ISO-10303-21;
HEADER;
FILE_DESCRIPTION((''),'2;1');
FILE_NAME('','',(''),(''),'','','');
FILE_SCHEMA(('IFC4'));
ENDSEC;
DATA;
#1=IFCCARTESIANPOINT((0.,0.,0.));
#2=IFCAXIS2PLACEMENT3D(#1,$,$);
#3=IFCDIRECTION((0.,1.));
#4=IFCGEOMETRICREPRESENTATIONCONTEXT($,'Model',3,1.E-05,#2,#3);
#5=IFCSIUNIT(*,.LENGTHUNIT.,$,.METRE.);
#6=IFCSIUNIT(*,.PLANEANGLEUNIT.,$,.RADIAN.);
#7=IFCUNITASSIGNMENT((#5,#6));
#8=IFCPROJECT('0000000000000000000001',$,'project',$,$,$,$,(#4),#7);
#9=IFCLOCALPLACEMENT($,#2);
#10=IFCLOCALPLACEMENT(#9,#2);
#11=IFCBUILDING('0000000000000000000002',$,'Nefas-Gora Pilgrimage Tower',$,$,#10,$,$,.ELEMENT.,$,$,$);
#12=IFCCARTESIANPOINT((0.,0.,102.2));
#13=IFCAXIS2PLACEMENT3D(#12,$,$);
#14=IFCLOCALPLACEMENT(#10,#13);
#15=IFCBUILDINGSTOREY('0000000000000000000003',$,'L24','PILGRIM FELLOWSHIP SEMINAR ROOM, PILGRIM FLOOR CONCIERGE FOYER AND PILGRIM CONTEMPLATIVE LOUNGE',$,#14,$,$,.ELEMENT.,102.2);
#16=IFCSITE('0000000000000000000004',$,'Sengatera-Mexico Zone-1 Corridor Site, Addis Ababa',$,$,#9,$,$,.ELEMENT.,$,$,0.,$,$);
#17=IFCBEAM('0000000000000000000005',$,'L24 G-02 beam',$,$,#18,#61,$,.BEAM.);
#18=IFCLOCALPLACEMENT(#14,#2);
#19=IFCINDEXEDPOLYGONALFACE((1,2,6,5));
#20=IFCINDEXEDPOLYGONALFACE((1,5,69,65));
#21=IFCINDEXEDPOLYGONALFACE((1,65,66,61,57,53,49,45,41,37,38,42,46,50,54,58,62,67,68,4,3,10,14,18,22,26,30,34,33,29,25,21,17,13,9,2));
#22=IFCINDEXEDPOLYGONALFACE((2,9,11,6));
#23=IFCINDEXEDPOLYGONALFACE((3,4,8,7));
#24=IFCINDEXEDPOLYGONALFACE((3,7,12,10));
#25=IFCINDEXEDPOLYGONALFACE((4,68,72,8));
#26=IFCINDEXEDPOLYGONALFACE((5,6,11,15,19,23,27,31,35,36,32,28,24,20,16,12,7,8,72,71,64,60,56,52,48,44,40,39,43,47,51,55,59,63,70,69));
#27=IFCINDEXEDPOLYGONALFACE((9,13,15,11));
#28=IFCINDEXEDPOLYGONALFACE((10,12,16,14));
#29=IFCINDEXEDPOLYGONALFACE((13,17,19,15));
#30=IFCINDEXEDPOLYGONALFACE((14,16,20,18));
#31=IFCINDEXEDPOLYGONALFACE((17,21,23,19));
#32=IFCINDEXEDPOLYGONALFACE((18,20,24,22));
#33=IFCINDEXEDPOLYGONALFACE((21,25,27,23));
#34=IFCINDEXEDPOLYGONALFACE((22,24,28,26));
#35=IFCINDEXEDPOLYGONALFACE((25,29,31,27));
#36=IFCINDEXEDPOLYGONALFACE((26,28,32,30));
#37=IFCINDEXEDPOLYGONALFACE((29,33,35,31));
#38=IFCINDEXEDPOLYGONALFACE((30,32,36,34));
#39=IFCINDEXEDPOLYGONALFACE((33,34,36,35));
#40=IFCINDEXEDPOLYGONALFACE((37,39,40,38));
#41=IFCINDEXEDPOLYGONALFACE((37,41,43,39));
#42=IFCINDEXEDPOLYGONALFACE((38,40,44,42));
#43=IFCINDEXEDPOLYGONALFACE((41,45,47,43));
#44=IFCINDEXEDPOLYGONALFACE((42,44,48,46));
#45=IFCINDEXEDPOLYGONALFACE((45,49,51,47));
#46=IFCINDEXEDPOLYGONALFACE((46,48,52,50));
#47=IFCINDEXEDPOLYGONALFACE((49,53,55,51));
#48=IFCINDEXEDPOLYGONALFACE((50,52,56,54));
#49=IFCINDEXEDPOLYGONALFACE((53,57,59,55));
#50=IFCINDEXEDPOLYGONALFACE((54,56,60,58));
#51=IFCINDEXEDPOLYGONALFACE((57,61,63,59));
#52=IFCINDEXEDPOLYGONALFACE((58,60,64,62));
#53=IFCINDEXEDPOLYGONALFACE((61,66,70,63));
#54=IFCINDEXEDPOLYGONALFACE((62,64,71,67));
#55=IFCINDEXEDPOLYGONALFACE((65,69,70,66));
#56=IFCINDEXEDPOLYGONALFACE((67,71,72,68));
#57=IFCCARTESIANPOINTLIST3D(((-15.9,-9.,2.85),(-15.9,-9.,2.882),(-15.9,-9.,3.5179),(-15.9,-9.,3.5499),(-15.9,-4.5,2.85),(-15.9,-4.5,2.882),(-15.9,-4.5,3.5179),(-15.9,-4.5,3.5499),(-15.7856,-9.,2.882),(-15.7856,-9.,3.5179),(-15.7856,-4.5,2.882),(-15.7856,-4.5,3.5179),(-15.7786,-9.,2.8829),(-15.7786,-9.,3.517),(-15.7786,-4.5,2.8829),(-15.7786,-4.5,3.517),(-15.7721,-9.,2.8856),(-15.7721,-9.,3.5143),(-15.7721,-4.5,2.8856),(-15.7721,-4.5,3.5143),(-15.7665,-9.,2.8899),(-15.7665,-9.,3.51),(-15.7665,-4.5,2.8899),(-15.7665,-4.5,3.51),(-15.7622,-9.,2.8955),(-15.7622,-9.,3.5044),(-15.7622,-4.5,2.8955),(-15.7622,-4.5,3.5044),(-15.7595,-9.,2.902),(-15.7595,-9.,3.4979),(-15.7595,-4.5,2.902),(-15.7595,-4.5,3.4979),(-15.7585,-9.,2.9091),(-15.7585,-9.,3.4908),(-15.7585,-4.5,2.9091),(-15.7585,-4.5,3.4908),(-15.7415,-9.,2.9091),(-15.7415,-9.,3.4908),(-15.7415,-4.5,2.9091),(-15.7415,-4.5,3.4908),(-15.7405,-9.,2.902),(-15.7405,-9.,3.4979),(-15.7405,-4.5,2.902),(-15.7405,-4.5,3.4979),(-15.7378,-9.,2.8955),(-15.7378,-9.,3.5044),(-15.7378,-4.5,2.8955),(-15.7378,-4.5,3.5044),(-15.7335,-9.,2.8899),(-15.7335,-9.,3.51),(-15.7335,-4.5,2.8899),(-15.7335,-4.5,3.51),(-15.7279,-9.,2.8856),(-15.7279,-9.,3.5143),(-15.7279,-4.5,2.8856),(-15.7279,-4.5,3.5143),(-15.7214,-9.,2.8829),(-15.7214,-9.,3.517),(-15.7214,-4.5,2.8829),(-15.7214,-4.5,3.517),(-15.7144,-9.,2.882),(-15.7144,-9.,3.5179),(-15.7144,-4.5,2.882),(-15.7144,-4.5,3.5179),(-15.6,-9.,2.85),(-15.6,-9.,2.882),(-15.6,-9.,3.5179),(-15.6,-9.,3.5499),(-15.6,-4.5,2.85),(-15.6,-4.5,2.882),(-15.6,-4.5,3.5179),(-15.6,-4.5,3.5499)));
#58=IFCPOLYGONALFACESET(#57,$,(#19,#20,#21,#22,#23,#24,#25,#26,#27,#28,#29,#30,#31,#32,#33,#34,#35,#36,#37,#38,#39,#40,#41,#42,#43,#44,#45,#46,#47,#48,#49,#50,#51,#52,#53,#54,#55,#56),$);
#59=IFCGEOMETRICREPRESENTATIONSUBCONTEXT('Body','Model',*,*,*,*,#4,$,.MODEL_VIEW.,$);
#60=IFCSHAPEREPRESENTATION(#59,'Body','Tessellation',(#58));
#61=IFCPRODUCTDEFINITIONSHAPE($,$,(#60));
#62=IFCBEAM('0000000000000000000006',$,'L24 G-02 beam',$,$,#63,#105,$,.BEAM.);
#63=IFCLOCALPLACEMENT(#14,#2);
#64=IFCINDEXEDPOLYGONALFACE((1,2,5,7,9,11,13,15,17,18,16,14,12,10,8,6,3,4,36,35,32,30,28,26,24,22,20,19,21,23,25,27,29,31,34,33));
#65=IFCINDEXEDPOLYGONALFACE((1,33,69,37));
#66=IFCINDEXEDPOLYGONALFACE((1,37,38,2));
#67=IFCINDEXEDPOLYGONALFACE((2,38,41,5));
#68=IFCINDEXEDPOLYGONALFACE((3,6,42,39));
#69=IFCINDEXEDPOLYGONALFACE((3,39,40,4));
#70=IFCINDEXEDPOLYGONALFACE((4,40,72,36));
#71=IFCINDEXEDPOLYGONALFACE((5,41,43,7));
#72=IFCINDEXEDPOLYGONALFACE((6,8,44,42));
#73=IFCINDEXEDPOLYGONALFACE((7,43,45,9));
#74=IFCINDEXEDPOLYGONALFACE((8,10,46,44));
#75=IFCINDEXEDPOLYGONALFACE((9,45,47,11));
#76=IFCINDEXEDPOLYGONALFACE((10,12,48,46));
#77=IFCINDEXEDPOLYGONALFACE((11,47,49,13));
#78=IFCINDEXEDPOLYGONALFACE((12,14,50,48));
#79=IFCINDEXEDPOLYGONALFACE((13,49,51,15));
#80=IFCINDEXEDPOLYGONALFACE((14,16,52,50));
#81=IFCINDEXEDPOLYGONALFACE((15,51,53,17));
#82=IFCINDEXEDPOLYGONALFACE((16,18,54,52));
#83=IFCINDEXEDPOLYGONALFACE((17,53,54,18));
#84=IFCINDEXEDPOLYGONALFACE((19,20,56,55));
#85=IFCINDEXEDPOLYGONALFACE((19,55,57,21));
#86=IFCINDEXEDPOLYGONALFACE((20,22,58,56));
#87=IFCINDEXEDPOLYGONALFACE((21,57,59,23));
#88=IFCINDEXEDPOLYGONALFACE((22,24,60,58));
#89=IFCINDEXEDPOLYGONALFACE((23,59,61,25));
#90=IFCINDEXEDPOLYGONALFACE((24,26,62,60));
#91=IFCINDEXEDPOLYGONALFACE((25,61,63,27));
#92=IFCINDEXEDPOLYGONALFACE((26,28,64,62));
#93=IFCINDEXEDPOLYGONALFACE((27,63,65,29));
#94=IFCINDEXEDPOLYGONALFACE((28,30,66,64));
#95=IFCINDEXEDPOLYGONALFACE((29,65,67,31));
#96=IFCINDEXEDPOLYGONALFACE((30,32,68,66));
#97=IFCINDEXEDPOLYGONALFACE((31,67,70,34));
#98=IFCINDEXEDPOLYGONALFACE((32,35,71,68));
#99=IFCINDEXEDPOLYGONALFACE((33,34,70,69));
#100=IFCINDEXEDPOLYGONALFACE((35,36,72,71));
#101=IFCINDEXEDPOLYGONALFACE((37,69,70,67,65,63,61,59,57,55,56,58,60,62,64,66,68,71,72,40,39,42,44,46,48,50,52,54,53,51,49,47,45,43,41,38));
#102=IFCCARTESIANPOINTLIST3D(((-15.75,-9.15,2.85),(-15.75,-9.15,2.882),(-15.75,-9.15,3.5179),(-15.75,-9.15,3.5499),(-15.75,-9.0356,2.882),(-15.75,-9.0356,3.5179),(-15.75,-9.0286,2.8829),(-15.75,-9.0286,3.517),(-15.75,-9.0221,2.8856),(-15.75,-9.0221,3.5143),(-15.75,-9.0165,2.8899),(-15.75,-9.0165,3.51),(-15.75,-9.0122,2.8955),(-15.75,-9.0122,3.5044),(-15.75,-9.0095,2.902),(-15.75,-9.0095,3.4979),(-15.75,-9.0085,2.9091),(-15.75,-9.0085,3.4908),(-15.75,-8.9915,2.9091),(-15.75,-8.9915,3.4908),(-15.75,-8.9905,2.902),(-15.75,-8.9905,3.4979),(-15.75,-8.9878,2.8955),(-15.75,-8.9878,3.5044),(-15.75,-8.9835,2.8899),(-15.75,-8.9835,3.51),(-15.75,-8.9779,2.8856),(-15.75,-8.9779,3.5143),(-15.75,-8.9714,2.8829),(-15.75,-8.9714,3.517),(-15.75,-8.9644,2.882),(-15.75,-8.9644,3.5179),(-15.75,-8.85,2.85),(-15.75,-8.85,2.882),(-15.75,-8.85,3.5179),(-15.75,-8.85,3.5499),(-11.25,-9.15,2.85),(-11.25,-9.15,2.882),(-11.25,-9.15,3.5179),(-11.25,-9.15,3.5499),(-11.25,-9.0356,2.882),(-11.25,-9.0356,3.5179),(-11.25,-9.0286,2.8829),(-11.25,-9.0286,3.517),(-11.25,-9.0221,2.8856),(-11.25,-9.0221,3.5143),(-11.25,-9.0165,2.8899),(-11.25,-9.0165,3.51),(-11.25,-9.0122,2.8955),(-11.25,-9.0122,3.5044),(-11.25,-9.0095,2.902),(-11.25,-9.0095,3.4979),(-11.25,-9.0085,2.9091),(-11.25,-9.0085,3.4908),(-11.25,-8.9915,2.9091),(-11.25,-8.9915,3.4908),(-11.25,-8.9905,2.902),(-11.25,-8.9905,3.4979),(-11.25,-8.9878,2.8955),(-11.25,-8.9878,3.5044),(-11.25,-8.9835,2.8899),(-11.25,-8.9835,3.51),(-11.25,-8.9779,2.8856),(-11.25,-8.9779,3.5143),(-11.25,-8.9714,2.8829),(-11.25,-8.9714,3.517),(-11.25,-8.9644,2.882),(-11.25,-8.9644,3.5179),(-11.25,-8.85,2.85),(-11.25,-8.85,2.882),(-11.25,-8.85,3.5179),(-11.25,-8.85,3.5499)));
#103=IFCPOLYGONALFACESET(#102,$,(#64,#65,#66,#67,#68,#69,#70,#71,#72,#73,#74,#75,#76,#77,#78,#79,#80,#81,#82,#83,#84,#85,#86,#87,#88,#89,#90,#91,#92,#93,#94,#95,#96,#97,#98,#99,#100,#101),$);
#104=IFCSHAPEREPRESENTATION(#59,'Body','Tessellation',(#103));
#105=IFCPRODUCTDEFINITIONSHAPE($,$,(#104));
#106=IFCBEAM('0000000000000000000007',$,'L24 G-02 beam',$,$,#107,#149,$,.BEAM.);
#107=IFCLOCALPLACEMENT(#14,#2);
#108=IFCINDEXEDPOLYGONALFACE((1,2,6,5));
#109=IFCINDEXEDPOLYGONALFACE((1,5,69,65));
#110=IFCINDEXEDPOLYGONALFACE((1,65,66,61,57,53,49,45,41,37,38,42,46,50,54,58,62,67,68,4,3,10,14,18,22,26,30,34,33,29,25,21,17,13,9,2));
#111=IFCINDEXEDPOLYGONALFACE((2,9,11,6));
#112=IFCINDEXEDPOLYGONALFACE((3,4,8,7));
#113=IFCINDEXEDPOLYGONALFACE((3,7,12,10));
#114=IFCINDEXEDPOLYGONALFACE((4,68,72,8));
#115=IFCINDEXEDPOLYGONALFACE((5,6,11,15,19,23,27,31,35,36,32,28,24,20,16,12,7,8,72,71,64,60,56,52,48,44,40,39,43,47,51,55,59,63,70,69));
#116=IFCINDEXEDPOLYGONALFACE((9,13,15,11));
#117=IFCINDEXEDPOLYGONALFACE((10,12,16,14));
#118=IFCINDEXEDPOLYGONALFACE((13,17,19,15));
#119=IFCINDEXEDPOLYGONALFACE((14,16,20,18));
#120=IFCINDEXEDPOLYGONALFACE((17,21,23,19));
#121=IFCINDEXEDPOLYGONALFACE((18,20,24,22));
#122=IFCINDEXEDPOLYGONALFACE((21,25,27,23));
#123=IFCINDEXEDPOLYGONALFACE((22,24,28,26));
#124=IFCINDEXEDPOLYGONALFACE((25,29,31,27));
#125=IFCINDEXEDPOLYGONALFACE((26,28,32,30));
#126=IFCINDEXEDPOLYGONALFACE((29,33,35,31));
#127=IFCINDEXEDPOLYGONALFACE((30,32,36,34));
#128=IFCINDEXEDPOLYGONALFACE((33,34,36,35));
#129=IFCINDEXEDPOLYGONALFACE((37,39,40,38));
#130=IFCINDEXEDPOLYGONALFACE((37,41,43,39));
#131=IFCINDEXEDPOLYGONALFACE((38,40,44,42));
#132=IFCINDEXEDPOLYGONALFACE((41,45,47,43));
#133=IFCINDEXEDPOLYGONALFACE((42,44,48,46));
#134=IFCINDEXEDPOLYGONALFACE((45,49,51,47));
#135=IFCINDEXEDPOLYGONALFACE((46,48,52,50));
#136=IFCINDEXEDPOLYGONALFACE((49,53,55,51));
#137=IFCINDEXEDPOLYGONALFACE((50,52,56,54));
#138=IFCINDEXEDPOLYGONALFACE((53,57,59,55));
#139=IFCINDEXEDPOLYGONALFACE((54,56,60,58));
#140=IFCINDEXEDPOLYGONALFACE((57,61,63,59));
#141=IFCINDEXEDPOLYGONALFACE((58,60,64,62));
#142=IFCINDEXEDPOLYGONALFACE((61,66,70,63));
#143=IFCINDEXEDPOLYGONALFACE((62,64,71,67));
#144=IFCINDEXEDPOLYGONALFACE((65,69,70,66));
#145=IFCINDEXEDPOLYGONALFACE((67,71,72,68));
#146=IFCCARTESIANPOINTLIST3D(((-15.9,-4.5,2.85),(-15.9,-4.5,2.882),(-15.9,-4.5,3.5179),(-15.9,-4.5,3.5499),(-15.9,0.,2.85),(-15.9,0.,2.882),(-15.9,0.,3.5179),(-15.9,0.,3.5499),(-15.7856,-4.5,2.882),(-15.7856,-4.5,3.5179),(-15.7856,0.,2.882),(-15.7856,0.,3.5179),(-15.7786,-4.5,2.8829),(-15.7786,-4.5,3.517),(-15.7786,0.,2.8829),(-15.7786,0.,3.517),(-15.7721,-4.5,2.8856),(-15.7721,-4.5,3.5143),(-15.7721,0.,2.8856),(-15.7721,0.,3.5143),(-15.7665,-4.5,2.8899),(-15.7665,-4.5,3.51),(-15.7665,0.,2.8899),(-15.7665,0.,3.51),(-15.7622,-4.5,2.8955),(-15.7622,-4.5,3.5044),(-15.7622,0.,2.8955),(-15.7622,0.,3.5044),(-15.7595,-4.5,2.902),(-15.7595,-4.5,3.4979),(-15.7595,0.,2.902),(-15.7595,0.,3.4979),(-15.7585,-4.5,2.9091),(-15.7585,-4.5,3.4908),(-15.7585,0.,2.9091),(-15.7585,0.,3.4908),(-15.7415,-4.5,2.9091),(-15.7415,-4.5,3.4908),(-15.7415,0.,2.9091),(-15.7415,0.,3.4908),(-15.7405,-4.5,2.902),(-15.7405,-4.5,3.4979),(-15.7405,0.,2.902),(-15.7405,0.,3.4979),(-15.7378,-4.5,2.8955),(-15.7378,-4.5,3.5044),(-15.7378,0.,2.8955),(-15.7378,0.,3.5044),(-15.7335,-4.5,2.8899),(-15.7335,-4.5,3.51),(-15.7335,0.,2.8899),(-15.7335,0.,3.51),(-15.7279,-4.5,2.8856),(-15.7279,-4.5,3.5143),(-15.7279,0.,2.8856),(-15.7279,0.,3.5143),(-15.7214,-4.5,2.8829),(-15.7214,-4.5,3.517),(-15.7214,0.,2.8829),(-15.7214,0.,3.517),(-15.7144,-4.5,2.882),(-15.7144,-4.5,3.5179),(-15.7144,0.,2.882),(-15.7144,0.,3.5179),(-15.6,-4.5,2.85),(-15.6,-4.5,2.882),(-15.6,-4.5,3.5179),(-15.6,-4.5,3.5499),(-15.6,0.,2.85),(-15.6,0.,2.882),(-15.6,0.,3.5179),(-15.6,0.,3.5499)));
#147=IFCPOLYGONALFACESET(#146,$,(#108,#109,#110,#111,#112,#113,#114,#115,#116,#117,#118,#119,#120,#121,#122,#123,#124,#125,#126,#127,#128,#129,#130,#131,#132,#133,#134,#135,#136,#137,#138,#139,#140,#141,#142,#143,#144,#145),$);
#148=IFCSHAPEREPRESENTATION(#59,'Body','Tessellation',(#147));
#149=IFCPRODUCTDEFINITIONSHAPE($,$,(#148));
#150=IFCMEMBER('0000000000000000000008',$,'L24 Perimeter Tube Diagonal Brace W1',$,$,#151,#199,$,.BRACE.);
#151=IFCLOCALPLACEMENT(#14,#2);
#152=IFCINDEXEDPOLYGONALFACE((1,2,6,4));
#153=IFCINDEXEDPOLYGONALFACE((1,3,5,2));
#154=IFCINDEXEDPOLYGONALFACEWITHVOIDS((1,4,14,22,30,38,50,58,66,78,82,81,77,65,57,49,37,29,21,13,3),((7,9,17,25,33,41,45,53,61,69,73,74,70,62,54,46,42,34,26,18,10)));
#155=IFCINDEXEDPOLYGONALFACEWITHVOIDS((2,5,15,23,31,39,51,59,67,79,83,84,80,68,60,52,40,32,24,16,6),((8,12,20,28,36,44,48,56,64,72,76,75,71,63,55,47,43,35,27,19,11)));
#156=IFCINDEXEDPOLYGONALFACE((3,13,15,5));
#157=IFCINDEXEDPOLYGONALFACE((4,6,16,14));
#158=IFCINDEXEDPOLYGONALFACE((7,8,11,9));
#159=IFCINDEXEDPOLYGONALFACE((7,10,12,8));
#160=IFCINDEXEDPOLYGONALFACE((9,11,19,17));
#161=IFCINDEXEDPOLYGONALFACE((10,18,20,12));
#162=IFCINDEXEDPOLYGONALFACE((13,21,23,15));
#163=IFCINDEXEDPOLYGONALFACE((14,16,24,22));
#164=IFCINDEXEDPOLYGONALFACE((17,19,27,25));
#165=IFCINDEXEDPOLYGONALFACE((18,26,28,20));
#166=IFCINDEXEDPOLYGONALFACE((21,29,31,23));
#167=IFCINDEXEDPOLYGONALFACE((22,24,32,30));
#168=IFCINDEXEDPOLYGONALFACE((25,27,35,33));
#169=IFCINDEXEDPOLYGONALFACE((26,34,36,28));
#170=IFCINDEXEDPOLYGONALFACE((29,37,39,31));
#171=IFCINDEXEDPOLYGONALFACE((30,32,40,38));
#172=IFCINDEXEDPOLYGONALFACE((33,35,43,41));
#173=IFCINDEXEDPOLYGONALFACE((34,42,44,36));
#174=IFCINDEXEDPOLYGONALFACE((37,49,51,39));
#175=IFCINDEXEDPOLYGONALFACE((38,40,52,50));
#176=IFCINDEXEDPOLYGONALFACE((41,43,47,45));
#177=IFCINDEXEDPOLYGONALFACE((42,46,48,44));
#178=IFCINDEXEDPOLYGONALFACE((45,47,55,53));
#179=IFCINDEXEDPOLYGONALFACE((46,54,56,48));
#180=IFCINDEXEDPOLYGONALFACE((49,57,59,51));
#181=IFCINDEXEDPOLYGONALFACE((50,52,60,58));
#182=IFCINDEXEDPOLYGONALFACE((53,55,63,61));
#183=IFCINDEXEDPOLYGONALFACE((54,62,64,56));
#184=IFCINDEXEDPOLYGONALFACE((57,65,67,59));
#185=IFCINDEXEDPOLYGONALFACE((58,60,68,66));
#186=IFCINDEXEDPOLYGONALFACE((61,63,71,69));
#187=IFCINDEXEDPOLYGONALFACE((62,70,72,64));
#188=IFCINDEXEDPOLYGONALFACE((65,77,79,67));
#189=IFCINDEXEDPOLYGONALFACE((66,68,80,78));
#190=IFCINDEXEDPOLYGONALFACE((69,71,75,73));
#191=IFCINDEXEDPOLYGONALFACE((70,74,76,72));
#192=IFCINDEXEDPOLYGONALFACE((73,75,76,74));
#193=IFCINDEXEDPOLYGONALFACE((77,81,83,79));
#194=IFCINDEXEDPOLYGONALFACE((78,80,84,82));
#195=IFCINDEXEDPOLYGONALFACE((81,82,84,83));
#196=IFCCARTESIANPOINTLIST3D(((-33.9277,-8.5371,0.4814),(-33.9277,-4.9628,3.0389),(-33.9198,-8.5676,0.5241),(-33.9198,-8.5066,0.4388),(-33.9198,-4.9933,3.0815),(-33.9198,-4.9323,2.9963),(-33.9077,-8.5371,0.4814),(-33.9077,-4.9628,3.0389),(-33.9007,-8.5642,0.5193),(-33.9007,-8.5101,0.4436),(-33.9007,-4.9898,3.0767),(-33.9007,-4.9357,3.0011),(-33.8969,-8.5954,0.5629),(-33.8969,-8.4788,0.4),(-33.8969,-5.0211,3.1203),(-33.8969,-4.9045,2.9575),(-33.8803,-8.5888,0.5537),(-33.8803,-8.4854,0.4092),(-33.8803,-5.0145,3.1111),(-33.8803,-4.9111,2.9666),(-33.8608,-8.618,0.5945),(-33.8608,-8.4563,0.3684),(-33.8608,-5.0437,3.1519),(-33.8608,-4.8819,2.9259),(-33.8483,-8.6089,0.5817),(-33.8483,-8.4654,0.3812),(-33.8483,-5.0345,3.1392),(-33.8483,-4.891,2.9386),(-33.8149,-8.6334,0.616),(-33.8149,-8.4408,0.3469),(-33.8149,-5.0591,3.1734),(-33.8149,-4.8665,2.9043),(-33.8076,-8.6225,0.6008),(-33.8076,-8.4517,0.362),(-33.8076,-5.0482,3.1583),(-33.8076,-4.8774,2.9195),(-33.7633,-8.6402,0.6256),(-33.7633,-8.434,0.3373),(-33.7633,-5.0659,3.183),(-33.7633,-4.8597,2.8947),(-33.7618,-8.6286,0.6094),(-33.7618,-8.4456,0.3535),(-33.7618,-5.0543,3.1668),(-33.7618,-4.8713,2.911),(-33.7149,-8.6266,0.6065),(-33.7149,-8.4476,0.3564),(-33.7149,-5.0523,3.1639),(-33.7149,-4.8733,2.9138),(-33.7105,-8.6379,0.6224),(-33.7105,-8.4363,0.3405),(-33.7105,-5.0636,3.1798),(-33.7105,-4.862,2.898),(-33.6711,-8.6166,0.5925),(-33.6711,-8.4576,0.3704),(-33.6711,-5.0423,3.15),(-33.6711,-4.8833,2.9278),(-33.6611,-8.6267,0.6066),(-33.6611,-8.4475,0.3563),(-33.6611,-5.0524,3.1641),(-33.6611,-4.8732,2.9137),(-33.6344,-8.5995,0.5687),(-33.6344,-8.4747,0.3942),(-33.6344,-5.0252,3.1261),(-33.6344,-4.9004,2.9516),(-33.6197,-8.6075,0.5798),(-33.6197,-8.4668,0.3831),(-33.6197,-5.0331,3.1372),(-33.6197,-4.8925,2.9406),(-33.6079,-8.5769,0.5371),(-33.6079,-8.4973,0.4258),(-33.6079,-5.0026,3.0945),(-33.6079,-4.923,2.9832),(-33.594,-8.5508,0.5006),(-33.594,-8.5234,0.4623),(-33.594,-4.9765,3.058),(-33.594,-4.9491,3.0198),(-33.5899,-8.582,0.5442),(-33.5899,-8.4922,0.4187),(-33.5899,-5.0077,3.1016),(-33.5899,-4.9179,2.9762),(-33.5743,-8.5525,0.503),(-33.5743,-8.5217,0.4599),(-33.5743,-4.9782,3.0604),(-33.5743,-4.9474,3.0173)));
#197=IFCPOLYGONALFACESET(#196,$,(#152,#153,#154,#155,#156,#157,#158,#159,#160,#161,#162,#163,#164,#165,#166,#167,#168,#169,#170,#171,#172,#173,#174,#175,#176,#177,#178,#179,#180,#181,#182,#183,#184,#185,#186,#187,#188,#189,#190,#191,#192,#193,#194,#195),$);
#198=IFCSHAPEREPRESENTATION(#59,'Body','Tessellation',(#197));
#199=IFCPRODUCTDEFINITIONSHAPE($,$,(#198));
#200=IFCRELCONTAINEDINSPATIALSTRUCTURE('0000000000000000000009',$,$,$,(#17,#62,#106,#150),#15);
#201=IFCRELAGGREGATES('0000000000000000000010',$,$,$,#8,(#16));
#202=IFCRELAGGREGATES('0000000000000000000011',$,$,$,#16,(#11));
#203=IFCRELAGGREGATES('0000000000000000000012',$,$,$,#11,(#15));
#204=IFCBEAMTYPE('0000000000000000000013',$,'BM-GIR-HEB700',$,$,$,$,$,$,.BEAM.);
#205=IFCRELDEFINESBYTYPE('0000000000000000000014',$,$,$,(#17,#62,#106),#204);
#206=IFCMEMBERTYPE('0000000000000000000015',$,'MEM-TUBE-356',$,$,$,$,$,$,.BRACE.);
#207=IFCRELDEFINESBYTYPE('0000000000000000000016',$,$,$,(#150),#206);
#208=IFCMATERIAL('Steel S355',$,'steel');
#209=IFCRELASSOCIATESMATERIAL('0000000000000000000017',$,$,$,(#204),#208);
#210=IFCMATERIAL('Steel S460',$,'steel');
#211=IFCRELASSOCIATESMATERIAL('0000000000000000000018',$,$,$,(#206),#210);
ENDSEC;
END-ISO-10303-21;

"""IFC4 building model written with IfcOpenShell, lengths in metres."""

from ifc_helpers import new_model, si_unit, direction, frame, origin, origin_2d, place, context, subcontext, project, spatial, hollow_circle, i_section, extrude, source, transform, mapped, material, material_profile, profile_set, type_object, element, save


model = new_model("IFC4")

# Units and contexts
model_context = context("Model", 3, precision=1e-05, world=origin(), true_north=direction((0.0, 1.0)))
body_context = subcontext(model_context, "Body", "Model", "MODEL_VIEW")
ifc_project = project(units=[si_unit("LENGTHUNIT", "METRE"), si_unit("PLANEANGLEUNIT", "RADIAN")], contexts=[model_context])

# Site, building, storey
site_placement = place(None, origin())
site = spatial("IfcSite", under=ifc_project, at=site_placement, Name="Sengatera-Mexico Zone-1 Corridor Site, Addis Ababa", CompositionType="ELEMENT", RefElevation=0.0)
building_placement = place(site_placement, origin())
building = spatial("IfcBuilding", under=site, at=building_placement, Name="Nefas-Gora Pilgrimage Tower", CompositionType="ELEMENT")
storey_placement = place(building_placement, frame((0.0, 0.0, 102.2)))
storey = spatial("IfcBuildingStorey", under=building, at=storey_placement, Name="L24", Description="PILGRIM FELLOWSHIP SEMINAR ROOM, PILGRIM FLOOR CONCIERGE FOYER AND PILGRIM CONTEMPLATIVE LOUNGE", CompositionType="ELEMENT", Elevation=102.2)

# Shared definitions
ifc_material_1 = material(Name="Steel S460", Category="steel")

# Beams
ifc_material_2 = material(Name="Steel S355", Category="steel")
ifc_material_profile_1 = material_profile(ifc_material_2, i_section(OverallWidth=0.3, OverallDepth=0.7, WebThickness=0.0171, FlangeThickness=0.032, FilletRadius=0.0271, at=origin_2d()), Name="HEB 700")
ifc_profile_set_1 = profile_set([ifc_material_profile_1], Name="Steel S355")
beam_type_1 = type_object("IfcBeamType", Name="BM-GIR-HEB700", PredefinedType="BEAM", material=ifc_profile_set_1)
shared_shape_1 = source(origin(), body_context, "Body", "SweptSolid", [
    extrude(i_section(OverallWidth=0.3, OverallDepth=0.7, WebThickness=0.0171, FlangeThickness=0.032, FilletRadius=0.0271, at=origin_2d()), origin(), (0.0, 0.0, 1.0), 4.5),
])
for number, where, z_axis, x_axis, name in (
    (1, (-15.75, -9.0, 3.2), (0.0, 1.0, 0.0), (-1.0, 0.0, 0.0), "L24 G-02 beam"),
    (2, (-15.75, -9.0, 3.2), (1.0, 0.0, 0.0), (0.0, 1.0, 0.0), "L24 G-02 beam"),
    (3, (-15.75, -4.5, 3.2), (0.0, 1.0, 0.0), (-1.0, 0.0, 0.0), "L24 G-02 beam"),
):
    element("IfcBeam", number, at=place(storey_placement, frame(where, z_axis=z_axis, x_axis=x_axis)), inside=storey, type_object=beam_type_1, Name=name, PredefinedType="BEAM", context=body_context, shape_type="MappedRepresentation", body=[
        mapped(shared_shape_1, transform((0.0, 0.0, 0.0), x_axis=(1.0, 0.0, 0.0), y_axis=(0.0, 1.0, 0.0), z_axis=(0.0, 0.0, 1.0), scale=1.0)),
    ])

# Member
ifc_material_profile_2 = material_profile(ifc_material_1, hollow_circle(Radius=0.1777, WallThickness=0.02, at=origin_2d()), Name="CHS 355.6x20")
ifc_profile_set_2 = profile_set([ifc_material_profile_2], Name="Steel S460")
member_type_1 = type_object("IfcMemberType", Name="MEM-TUBE-356", PredefinedType="BRACE", material=ifc_profile_set_2)
shared_shape_2 = source(origin(), body_context, "Body", "SweptSolid", [
    extrude(hollow_circle(Radius=0.1777, WallThickness=0.02, at=origin_2d()), origin(), (0.0, 0.0, 1.0), 4.395),
])
member_1_placement = place(storey_placement, frame((-33.75, -8.5371, 0.4814), z_axis=(0.0, 0.813264, 0.581895), x_axis=(-1.0, 0.0, 0.0)))
element("IfcMember", 4, at=member_1_placement, inside=storey, type_object=member_type_1, Name="L24 Perimeter Tube Diagonal Brace W1", PredefinedType="BRACE", context=body_context, shape_type="MappedRepresentation", body=[
    mapped(shared_shape_2, transform((0.0, 0.0, 0.0), x_axis=(1.0, 0.0, 0.0), y_axis=(0.0, 1.0, 0.0), z_axis=(0.0, 0.0, 1.0), scale=1.0)),
])

save(model, "model.ifc")
